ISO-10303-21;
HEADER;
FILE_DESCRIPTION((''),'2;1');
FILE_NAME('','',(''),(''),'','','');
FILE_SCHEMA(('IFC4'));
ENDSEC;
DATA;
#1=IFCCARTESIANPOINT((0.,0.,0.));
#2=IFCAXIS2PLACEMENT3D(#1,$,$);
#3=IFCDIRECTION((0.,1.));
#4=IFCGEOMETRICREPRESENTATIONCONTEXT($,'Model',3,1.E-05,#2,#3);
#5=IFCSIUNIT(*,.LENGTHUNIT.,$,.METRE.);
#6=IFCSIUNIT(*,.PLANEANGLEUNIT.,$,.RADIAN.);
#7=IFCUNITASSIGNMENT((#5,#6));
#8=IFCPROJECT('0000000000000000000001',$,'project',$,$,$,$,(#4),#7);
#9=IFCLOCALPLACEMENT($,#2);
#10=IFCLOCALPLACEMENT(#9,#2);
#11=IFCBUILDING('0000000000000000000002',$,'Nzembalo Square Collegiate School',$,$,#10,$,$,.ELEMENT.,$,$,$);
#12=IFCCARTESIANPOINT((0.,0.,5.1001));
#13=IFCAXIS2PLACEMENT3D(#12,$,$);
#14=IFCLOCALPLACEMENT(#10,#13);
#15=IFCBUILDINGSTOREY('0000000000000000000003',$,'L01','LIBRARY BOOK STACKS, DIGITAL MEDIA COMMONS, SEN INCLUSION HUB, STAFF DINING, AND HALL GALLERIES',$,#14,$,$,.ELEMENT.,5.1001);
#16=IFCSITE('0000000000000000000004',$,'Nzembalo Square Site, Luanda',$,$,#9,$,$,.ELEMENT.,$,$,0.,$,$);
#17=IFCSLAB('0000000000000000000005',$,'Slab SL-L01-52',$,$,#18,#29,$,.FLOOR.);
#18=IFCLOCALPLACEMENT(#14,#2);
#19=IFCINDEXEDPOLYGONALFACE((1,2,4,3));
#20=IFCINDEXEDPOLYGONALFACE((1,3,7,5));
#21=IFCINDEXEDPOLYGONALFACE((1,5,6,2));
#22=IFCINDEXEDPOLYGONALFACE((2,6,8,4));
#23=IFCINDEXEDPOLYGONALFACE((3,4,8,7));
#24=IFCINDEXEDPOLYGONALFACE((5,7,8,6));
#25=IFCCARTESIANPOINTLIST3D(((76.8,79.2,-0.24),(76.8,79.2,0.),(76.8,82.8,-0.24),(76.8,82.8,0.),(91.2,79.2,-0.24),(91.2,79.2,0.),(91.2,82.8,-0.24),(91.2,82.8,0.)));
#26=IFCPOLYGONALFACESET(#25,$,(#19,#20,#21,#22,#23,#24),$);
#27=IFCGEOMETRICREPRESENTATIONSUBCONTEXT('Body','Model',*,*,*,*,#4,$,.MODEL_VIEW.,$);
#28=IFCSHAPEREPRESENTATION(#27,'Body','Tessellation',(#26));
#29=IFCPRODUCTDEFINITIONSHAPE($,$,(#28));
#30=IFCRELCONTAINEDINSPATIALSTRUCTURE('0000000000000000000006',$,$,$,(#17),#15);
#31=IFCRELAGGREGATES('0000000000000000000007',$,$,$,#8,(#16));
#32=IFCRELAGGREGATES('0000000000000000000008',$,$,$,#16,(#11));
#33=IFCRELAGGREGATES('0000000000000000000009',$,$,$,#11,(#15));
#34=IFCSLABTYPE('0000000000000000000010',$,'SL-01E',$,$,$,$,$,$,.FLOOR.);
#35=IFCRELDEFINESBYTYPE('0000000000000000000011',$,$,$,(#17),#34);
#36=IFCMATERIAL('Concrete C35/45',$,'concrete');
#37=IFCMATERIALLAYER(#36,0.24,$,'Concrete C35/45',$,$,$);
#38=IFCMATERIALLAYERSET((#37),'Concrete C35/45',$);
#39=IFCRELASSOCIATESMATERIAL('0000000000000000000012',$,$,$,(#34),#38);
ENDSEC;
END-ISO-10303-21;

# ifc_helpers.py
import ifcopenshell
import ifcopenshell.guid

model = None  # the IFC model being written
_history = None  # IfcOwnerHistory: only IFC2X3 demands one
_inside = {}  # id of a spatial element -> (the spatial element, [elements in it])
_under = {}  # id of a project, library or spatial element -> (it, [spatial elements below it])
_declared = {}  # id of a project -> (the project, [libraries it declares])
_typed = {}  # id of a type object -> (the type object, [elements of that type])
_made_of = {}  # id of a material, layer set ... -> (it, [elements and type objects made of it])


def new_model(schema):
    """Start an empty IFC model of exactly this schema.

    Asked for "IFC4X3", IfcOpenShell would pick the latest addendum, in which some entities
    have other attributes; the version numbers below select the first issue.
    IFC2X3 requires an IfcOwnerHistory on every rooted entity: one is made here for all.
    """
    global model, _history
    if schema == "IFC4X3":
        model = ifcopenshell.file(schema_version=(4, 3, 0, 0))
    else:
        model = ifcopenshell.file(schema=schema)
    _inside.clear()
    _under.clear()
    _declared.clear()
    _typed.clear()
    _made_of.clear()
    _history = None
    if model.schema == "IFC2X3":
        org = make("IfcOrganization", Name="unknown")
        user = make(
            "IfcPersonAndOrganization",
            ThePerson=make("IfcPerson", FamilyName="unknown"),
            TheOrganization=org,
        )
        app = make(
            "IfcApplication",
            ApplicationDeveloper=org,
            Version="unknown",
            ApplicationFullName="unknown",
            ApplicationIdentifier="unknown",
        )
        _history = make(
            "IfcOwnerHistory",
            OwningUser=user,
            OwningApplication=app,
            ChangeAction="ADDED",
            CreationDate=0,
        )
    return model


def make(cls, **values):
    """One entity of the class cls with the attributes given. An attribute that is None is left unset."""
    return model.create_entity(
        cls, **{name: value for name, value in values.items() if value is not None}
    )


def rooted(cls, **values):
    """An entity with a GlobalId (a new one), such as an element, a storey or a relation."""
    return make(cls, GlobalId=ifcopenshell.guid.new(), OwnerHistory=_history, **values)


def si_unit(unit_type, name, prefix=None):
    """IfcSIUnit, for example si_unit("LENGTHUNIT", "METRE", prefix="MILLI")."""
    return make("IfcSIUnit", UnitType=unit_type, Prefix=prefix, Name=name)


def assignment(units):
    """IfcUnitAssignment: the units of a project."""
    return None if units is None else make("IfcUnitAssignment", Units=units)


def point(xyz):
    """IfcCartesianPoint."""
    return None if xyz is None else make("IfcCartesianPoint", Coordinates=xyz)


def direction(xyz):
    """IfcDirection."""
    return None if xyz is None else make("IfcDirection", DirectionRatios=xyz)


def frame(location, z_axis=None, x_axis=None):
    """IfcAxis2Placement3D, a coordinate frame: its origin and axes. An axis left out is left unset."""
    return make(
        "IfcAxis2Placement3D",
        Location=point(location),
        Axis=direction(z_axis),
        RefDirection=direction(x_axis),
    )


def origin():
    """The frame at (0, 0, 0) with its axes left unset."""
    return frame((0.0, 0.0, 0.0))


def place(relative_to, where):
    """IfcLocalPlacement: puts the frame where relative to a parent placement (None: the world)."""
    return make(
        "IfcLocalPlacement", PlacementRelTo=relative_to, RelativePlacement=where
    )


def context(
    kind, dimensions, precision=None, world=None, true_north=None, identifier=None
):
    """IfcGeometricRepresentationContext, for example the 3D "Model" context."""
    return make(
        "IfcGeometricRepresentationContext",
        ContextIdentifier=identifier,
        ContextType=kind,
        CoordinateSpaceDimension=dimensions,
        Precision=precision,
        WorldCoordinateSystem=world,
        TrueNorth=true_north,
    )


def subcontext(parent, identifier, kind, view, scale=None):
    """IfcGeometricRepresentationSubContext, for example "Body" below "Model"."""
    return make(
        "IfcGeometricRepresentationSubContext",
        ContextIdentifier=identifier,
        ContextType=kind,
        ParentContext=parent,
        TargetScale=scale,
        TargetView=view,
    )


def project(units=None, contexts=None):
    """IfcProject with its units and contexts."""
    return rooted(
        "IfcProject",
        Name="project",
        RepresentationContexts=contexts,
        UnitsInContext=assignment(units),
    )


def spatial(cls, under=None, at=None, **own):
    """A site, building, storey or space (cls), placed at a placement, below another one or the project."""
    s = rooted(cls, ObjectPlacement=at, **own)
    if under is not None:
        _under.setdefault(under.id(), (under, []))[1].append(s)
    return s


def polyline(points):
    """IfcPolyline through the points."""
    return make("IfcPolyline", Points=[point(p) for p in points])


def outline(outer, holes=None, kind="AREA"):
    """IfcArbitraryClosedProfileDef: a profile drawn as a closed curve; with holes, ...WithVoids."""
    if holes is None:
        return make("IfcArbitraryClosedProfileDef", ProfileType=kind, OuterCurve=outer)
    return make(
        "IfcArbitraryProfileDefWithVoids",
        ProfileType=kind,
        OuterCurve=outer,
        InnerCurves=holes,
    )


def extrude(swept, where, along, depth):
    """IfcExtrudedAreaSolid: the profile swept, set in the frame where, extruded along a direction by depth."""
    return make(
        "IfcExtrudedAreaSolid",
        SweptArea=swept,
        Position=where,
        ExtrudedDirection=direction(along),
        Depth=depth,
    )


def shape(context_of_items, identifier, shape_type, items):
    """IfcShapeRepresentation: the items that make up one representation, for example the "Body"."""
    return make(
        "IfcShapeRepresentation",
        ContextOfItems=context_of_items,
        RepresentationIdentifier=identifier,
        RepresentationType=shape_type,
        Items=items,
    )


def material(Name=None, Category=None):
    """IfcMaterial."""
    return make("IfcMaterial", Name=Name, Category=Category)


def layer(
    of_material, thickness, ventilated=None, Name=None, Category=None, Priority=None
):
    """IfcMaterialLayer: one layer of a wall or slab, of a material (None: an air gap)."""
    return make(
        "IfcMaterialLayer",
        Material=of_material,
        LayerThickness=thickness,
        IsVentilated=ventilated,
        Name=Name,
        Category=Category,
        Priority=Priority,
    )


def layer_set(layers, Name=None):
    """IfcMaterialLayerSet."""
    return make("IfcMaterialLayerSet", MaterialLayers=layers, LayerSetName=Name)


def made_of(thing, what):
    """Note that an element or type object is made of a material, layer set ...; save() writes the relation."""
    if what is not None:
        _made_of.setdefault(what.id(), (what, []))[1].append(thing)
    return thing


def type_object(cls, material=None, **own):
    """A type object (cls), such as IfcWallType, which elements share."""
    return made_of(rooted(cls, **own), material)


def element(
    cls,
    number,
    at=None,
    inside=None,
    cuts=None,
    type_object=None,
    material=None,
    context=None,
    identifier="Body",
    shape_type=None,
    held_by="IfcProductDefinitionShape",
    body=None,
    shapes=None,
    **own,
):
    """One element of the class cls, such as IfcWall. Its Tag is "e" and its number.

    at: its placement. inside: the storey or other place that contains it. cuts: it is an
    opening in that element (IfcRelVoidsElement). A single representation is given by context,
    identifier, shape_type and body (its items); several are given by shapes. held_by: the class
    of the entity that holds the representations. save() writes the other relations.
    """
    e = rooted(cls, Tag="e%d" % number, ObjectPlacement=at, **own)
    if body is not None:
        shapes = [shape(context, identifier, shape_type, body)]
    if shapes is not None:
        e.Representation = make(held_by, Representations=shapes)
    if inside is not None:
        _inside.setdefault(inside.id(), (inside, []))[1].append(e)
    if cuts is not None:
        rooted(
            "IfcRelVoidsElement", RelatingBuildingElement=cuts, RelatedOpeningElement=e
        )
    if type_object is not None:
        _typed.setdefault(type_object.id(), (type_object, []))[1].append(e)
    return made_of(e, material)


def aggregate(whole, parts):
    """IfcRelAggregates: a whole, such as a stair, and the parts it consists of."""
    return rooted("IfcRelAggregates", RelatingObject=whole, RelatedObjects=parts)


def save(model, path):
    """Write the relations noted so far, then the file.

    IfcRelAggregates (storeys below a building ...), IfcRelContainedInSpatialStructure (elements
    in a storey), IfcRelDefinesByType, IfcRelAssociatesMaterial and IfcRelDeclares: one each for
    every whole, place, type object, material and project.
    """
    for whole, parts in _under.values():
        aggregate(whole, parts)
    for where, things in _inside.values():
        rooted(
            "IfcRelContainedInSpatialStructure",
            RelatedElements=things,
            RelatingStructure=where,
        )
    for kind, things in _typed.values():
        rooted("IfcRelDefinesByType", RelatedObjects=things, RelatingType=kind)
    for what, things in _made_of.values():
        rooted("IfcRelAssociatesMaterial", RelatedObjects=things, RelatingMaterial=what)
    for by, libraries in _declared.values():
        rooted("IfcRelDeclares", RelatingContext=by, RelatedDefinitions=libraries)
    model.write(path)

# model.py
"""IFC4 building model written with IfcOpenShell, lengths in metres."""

from ifc_helpers import new_model, si_unit, direction, frame, origin, place, context, subcontext, project, spatial, polyline, outline, extrude, material, layer, layer_set, type_object, element, save


model = new_model("IFC4")

# Units and contexts
model_context = context("Model", 3, precision=1e-05, world=origin(), true_north=direction((0.0, 1.0)))
body_context = subcontext(model_context, "Body", "Model", "MODEL_VIEW")
ifc_project = project(units=[si_unit("LENGTHUNIT", "METRE"), si_unit("PLANEANGLEUNIT", "RADIAN")], contexts=[model_context])

# Site, building, storey
site_placement = place(None, origin())
site = spatial("IfcSite", under=ifc_project, at=site_placement, Name="Nzembalo Square Site, Luanda", CompositionType="ELEMENT", RefElevation=0.0)
building_placement = place(site_placement, origin())
building = spatial("IfcBuilding", under=site, at=building_placement, Name="Nzembalo Square Collegiate School", CompositionType="ELEMENT")
storey_placement = place(building_placement, frame((0.0, 0.0, 5.1001)))
storey = spatial("IfcBuildingStorey", under=building, at=storey_placement, Name="L01", Description="LIBRARY BOOK STACKS, DIGITAL MEDIA COMMONS, SEN INCLUSION HUB, STAFF DINING, AND HALL GALLERIES", CompositionType="ELEMENT", Elevation=5.1001)

# Slab
ifc_material_1 = material(Name="Concrete C35/45", Category="concrete")
ifc_layer_1 = layer(ifc_material_1, 0.24, Name="Concrete C35/45")
ifc_layer_set_1 = layer_set([ifc_layer_1], Name="Concrete C35/45")
slab_type_1 = type_object("IfcSlabType", Name="SL-01E", PredefinedType="FLOOR", material=ifc_layer_set_1)
slab_1_placement = place(storey_placement, frame((0.0, 0.0, -0.24)))
element("IfcSlab", 1, at=slab_1_placement, inside=storey, type_object=slab_type_1, Name="Slab SL-L01-52", PredefinedType="FLOOR", context=body_context, shape_type="SweptSolid", body=[
    extrude(outline(polyline([(76.8, 79.2), (91.2, 79.2), (91.2, 82.8), (76.8, 82.8), (76.8, 79.2)])), origin(), (0.0, 0.0, 1.0), 0.24),
])

save(model, "model.ifc")
